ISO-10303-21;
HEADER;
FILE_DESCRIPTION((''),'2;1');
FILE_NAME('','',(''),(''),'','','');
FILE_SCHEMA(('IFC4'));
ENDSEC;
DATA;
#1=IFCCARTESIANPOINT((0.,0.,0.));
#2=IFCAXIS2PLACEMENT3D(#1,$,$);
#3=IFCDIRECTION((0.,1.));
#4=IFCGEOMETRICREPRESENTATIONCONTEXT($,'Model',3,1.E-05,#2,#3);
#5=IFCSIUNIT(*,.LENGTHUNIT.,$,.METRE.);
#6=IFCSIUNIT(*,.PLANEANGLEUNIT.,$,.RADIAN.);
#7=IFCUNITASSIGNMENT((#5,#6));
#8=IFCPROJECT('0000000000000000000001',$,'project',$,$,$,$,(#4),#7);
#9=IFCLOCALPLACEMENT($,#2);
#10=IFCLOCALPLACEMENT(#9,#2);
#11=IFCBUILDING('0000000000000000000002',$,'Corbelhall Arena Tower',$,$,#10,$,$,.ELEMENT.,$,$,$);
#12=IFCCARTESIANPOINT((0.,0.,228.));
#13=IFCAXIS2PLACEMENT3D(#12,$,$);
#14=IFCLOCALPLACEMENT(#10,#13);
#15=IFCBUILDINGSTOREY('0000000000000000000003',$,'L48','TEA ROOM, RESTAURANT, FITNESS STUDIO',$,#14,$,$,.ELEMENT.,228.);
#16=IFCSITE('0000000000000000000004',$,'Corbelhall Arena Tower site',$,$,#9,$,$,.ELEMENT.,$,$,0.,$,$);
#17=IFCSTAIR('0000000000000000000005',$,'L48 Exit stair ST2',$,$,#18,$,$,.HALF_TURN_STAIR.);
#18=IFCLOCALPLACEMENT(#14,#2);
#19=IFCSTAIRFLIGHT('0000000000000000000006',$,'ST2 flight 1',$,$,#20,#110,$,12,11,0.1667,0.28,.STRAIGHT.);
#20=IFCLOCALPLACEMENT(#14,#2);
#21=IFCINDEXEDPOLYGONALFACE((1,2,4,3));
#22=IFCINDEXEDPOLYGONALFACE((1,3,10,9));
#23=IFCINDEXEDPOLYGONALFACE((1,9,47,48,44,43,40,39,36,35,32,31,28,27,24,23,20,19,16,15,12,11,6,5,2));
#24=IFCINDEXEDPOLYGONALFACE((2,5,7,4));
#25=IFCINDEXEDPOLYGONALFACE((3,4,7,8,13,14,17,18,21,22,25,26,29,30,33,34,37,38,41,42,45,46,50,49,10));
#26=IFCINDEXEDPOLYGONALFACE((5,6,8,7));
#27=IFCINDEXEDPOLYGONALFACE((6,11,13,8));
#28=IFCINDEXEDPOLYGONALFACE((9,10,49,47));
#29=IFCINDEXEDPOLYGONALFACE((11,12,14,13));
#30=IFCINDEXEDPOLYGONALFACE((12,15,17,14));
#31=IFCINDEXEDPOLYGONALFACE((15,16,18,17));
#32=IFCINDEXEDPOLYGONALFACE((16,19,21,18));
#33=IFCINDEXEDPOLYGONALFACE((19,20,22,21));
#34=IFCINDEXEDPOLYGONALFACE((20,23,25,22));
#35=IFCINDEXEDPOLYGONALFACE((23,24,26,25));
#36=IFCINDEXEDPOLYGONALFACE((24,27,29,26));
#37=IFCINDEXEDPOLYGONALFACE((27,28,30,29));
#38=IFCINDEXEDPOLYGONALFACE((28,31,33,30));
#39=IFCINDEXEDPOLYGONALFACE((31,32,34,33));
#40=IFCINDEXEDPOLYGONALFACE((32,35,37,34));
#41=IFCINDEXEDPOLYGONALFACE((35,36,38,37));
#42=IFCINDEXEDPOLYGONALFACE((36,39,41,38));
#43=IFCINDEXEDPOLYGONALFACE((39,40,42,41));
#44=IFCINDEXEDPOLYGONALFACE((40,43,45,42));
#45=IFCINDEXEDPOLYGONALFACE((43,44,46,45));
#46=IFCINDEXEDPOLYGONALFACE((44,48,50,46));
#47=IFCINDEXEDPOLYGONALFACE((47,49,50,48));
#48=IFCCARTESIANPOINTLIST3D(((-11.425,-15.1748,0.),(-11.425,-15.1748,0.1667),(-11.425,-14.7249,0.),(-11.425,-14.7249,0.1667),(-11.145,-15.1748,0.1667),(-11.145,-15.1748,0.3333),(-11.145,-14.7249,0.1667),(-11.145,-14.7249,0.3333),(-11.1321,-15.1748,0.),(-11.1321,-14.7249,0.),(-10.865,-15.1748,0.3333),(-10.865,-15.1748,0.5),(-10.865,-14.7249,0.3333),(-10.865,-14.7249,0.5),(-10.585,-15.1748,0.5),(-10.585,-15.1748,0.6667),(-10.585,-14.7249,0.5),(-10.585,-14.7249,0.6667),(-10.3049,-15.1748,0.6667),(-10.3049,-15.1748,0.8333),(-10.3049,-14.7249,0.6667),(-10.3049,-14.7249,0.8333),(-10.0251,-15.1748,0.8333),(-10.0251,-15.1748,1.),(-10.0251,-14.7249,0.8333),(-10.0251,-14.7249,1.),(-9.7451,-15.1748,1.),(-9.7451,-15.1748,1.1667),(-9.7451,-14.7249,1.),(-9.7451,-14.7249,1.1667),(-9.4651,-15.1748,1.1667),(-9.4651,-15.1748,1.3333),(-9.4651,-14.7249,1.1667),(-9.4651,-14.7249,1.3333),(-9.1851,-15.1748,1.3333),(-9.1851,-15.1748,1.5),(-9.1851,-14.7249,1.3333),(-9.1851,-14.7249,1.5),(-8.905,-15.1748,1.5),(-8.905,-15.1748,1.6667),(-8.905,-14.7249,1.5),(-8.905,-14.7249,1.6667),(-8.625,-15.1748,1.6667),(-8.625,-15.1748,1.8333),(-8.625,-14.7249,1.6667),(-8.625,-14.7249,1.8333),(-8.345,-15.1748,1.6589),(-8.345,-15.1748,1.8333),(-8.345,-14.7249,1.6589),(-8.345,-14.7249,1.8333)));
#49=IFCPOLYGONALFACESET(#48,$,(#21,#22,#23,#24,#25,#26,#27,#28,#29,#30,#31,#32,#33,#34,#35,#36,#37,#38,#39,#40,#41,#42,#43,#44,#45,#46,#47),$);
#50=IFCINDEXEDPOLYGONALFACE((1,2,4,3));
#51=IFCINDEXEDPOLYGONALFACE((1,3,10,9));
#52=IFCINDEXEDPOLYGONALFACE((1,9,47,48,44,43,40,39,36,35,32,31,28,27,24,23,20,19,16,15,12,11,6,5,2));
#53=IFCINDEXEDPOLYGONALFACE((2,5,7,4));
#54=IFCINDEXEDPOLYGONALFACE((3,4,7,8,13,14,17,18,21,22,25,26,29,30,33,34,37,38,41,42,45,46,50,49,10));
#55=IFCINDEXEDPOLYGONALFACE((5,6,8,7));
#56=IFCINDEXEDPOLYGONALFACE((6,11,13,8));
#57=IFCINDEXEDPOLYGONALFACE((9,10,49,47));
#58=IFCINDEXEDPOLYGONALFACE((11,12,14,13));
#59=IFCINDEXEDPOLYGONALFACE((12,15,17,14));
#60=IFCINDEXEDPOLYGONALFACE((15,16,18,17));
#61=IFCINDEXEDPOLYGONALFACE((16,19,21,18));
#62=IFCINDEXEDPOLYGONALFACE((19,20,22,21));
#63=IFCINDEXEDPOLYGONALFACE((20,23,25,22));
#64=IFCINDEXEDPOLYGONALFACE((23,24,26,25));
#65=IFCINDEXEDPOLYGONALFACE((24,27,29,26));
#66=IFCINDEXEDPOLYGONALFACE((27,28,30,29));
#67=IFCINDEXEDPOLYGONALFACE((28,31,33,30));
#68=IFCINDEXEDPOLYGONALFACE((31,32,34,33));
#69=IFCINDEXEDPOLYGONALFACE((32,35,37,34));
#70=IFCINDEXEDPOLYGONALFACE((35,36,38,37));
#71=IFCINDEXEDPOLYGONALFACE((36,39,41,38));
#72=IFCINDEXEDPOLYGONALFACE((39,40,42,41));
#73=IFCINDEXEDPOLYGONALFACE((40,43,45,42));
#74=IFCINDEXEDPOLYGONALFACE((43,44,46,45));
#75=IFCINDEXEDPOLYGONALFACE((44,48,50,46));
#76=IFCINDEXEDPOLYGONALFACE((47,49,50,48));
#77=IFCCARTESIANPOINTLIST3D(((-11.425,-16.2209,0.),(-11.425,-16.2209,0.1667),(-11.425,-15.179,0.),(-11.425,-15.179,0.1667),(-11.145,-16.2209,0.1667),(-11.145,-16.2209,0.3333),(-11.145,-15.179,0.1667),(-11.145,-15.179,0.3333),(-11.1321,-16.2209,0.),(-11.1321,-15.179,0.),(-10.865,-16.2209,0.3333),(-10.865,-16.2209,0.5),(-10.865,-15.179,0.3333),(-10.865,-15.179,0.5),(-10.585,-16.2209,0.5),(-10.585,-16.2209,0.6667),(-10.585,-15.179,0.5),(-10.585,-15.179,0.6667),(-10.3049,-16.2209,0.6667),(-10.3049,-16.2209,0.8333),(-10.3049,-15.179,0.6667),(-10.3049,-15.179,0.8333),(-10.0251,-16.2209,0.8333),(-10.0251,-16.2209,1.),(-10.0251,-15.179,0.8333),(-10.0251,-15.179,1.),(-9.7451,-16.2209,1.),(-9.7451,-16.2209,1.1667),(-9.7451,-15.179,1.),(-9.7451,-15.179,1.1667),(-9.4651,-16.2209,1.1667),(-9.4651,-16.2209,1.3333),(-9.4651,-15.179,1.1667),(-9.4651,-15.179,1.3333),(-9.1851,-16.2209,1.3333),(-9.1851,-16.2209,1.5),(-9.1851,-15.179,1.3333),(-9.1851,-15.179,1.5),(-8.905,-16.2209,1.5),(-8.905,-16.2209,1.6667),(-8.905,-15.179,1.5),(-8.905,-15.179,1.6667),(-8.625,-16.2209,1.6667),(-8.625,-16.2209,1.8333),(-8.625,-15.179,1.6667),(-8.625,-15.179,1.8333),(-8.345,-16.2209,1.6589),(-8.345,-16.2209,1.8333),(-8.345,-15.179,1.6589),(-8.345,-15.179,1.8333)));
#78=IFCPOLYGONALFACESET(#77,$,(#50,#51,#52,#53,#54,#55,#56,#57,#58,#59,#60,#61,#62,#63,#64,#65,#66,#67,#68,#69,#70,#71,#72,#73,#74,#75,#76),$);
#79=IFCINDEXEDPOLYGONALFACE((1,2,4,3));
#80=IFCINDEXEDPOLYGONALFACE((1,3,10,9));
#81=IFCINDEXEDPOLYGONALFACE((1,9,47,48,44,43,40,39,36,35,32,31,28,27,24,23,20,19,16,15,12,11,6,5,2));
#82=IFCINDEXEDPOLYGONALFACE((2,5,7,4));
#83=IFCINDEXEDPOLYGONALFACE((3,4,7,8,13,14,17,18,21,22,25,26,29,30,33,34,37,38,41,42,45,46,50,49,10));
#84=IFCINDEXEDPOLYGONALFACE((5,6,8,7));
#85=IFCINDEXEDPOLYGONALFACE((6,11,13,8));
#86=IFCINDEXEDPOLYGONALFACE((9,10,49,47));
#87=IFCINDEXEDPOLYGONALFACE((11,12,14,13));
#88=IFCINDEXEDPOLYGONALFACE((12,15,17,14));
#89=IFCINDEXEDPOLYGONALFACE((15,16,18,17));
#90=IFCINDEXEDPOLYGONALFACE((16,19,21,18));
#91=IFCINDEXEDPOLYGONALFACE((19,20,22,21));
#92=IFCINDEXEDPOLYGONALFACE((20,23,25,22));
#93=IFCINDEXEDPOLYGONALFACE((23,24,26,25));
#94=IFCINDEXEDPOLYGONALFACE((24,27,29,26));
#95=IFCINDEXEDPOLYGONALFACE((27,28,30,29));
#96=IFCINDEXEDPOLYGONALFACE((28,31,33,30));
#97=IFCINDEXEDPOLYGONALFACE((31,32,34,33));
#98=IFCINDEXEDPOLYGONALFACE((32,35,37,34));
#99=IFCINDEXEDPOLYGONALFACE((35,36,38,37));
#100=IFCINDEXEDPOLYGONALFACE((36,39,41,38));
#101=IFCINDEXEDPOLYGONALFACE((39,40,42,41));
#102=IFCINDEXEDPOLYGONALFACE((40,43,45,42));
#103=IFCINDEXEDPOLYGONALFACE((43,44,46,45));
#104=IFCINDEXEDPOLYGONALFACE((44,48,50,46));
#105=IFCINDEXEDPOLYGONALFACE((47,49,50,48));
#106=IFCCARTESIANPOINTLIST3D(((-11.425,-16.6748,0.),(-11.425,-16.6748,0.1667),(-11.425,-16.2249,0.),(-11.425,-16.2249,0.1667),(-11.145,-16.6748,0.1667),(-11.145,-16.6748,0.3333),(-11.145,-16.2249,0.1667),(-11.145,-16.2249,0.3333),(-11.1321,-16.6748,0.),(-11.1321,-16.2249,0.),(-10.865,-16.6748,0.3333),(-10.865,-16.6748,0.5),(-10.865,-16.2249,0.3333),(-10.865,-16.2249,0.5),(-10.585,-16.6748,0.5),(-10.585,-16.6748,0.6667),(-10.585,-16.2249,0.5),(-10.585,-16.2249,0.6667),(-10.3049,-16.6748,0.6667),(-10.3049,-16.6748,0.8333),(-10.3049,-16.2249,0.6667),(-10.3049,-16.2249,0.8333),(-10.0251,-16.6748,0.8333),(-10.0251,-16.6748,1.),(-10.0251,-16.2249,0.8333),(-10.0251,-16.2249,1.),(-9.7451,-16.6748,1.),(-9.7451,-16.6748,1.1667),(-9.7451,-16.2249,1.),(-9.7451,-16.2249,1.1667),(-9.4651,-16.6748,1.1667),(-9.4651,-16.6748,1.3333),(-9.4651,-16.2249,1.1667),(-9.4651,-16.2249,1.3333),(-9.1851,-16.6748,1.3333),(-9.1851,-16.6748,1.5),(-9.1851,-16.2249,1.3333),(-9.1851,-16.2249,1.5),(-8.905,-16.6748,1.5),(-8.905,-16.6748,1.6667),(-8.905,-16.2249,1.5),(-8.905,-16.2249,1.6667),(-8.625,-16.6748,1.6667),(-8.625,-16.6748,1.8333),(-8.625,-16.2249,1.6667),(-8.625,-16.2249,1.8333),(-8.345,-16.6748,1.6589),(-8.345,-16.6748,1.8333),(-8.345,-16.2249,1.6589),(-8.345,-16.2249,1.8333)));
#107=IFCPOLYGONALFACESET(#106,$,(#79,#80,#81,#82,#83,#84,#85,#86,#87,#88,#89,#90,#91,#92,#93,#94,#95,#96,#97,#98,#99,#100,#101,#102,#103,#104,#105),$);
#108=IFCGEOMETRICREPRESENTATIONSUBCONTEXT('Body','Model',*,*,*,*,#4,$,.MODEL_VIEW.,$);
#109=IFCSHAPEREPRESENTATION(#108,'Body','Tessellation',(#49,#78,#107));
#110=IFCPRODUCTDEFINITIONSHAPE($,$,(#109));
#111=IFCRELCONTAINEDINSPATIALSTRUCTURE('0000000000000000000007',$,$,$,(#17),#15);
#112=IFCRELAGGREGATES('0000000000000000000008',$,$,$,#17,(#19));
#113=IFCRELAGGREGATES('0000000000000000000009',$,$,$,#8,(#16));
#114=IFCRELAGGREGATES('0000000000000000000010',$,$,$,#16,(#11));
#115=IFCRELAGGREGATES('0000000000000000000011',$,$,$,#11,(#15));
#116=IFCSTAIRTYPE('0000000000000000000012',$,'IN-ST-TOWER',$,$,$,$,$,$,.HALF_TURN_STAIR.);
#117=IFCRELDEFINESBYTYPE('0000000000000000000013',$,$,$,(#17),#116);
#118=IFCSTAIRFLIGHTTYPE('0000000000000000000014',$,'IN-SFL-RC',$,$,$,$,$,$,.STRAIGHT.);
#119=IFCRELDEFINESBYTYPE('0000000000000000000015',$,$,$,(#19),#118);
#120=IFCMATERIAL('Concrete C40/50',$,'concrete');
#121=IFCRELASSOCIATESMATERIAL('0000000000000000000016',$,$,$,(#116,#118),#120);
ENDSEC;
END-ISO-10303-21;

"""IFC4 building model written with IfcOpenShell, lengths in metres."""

from ifc_helpers import new_model, si_unit, direction, frame, origin, place, context, subcontext, project, spatial, polyline, outline, extrude, material, type_object, element, aggregate, save


model = new_model("IFC4")

# Units and contexts
model_context = context("Model", 3, precision=1e-05, world=origin(), true_north=direction((0.0, 1.0)))
body_context = subcontext(model_context, "Body", "Model", "MODEL_VIEW")
ifc_project = project(units=[si_unit("LENGTHUNIT", "METRE"), si_unit("PLANEANGLEUNIT", "RADIAN")], contexts=[model_context])

# Site, building, storey
site_placement = place(None, origin())
site = spatial("IfcSite", under=ifc_project, at=site_placement, Name="Corbelhall Arena Tower site", CompositionType="ELEMENT", RefElevation=0.0)
building_placement = place(site_placement, origin())
building = spatial("IfcBuilding", under=site, at=building_placement, Name="Corbelhall Arena Tower", CompositionType="ELEMENT")
storey_placement = place(building_placement, frame((0.0, 0.0, 228.0)))
storey = spatial("IfcBuildingStorey", under=building, at=storey_placement, Name="L48", Description="TEA ROOM, RESTAURANT, FITNESS STUDIO", CompositionType="ELEMENT", Elevation=228.0)

# Shared definitions
ifc_material_1 = material(Name="Concrete C40/50", Category="concrete")

# Stair, stair flight
stair_type = type_object("IfcStairType", Name="IN-ST-TOWER", PredefinedType="HALF_TURN_STAIR", material=ifc_material_1)
stair_placement = place(storey_placement, origin())
stair = element("IfcStair", 1, at=stair_placement, inside=storey, type_object=stair_type, Name="L48 Exit stair ST2", PredefinedType="HALF_TURN_STAIR")
stair_flight_type = type_object("IfcStairFlightType", Name="IN-SFL-RC", PredefinedType="STRAIGHT", material=ifc_material_1)
stair_flight_1_placement = place(storey_placement, frame((-11.425, -15.7, 0.0), z_axis=(0.0, 0.0, 1.0), x_axis=(1.0, 0.0, 0.0)))
stair_flight_1 = element("IfcStairFlight", 2, at=stair_flight_1_placement, type_object=stair_flight_type, Name="ST2 flight 1", NumberOfRisers=12, NumberOfTreads=11, PredefinedType="STRAIGHT", RiserHeight=0.1667, TreadLength=0.28, context=body_context, shape_type="SweptSolid", body=[
    extrude(outline(polyline([(0.0, 0.0), (0.0, 0.1667), (0.28, 0.1667), (0.28, 0.3333), (0.5601, 0.3333), (0.5601, 0.5), (0.8401, 0.5), (0.8401, 0.6667), (1.1201, 0.6667), (1.1201, 0.8333), (1.3999, 0.8333), (1.3999, 1.0), (1.6799, 1.0), (1.6799, 1.1667), (1.96, 1.1667), (1.96, 1.3333), (2.24, 1.3333), (2.24, 1.5), (2.52, 1.5), (2.52, 1.6667), (2.8, 1.6667), (2.8, 1.8333), (3.0801, 1.8333), (3.0801, 2.0), (3.0801, 1.6589), (0.293, 0.0), (0.0, 0.0)])), frame((0.0, 0.9751, 0.0), z_axis=(0.0, -1.0, 0.0), x_axis=(1.0, 0.0, 0.0)), (0.0, 0.0, 1.0), 0.45),
    extrude(outline(polyline([(0.0, 0.0), (0.0, 0.1667), (0.28, 0.1667), (0.28, 0.3333), (0.5601, 0.3333), (0.5601, 0.5), (0.8401, 0.5), (0.8401, 0.6667), (1.1201, 0.6667), (1.1201, 0.8333), (1.3999, 0.8333), (1.3999, 1.0), (1.6799, 1.0), (1.6799, 1.1667), (1.96, 1.1667), (1.96, 1.3333), (2.24, 1.3333), (2.24, 1.5), (2.52, 1.5), (2.52, 1.6667), (2.8, 1.6667), (2.8, 1.8333), (3.0801, 1.8333), (3.0801, 2.0), (3.0801, 1.6589), (0.293, 0.0), (0.0, 0.0)])), frame((0.0, 0.521, 0.0), z_axis=(0.0, -1.0, 0.0), x_axis=(1.0, 0.0, 0.0)), (0.0, 0.0, 1.0), 1.042),
    extrude(outline(polyline([(0.0, 0.0), (0.0, 0.1667), (0.28, 0.1667), (0.28, 0.3333), (0.5601, 0.3333), (0.5601, 0.5), (0.8401, 0.5), (0.8401, 0.6667), (1.1201, 0.6667), (1.1201, 0.8333), (1.3999, 0.8333), (1.3999, 1.0), (1.6799, 1.0), (1.6799, 1.1667), (1.96, 1.1667), (1.96, 1.3333), (2.24, 1.3333), (2.24, 1.5), (2.52, 1.5), (2.52, 1.6667), (2.8, 1.6667), (2.8, 1.8333), (3.0801, 1.8333), (3.0801, 2.0), (3.0801, 1.6589), (0.293, 0.0), (0.0, 0.0)])), frame((0.0, -0.5249, 0.0), z_axis=(0.0, -1.0, 0.0), x_axis=(1.0, 0.0, 0.0)), (0.0, 0.0, 1.0), 0.45),
])
aggregate(stair, [stair_flight_1])

save(model, "model.ifc")
